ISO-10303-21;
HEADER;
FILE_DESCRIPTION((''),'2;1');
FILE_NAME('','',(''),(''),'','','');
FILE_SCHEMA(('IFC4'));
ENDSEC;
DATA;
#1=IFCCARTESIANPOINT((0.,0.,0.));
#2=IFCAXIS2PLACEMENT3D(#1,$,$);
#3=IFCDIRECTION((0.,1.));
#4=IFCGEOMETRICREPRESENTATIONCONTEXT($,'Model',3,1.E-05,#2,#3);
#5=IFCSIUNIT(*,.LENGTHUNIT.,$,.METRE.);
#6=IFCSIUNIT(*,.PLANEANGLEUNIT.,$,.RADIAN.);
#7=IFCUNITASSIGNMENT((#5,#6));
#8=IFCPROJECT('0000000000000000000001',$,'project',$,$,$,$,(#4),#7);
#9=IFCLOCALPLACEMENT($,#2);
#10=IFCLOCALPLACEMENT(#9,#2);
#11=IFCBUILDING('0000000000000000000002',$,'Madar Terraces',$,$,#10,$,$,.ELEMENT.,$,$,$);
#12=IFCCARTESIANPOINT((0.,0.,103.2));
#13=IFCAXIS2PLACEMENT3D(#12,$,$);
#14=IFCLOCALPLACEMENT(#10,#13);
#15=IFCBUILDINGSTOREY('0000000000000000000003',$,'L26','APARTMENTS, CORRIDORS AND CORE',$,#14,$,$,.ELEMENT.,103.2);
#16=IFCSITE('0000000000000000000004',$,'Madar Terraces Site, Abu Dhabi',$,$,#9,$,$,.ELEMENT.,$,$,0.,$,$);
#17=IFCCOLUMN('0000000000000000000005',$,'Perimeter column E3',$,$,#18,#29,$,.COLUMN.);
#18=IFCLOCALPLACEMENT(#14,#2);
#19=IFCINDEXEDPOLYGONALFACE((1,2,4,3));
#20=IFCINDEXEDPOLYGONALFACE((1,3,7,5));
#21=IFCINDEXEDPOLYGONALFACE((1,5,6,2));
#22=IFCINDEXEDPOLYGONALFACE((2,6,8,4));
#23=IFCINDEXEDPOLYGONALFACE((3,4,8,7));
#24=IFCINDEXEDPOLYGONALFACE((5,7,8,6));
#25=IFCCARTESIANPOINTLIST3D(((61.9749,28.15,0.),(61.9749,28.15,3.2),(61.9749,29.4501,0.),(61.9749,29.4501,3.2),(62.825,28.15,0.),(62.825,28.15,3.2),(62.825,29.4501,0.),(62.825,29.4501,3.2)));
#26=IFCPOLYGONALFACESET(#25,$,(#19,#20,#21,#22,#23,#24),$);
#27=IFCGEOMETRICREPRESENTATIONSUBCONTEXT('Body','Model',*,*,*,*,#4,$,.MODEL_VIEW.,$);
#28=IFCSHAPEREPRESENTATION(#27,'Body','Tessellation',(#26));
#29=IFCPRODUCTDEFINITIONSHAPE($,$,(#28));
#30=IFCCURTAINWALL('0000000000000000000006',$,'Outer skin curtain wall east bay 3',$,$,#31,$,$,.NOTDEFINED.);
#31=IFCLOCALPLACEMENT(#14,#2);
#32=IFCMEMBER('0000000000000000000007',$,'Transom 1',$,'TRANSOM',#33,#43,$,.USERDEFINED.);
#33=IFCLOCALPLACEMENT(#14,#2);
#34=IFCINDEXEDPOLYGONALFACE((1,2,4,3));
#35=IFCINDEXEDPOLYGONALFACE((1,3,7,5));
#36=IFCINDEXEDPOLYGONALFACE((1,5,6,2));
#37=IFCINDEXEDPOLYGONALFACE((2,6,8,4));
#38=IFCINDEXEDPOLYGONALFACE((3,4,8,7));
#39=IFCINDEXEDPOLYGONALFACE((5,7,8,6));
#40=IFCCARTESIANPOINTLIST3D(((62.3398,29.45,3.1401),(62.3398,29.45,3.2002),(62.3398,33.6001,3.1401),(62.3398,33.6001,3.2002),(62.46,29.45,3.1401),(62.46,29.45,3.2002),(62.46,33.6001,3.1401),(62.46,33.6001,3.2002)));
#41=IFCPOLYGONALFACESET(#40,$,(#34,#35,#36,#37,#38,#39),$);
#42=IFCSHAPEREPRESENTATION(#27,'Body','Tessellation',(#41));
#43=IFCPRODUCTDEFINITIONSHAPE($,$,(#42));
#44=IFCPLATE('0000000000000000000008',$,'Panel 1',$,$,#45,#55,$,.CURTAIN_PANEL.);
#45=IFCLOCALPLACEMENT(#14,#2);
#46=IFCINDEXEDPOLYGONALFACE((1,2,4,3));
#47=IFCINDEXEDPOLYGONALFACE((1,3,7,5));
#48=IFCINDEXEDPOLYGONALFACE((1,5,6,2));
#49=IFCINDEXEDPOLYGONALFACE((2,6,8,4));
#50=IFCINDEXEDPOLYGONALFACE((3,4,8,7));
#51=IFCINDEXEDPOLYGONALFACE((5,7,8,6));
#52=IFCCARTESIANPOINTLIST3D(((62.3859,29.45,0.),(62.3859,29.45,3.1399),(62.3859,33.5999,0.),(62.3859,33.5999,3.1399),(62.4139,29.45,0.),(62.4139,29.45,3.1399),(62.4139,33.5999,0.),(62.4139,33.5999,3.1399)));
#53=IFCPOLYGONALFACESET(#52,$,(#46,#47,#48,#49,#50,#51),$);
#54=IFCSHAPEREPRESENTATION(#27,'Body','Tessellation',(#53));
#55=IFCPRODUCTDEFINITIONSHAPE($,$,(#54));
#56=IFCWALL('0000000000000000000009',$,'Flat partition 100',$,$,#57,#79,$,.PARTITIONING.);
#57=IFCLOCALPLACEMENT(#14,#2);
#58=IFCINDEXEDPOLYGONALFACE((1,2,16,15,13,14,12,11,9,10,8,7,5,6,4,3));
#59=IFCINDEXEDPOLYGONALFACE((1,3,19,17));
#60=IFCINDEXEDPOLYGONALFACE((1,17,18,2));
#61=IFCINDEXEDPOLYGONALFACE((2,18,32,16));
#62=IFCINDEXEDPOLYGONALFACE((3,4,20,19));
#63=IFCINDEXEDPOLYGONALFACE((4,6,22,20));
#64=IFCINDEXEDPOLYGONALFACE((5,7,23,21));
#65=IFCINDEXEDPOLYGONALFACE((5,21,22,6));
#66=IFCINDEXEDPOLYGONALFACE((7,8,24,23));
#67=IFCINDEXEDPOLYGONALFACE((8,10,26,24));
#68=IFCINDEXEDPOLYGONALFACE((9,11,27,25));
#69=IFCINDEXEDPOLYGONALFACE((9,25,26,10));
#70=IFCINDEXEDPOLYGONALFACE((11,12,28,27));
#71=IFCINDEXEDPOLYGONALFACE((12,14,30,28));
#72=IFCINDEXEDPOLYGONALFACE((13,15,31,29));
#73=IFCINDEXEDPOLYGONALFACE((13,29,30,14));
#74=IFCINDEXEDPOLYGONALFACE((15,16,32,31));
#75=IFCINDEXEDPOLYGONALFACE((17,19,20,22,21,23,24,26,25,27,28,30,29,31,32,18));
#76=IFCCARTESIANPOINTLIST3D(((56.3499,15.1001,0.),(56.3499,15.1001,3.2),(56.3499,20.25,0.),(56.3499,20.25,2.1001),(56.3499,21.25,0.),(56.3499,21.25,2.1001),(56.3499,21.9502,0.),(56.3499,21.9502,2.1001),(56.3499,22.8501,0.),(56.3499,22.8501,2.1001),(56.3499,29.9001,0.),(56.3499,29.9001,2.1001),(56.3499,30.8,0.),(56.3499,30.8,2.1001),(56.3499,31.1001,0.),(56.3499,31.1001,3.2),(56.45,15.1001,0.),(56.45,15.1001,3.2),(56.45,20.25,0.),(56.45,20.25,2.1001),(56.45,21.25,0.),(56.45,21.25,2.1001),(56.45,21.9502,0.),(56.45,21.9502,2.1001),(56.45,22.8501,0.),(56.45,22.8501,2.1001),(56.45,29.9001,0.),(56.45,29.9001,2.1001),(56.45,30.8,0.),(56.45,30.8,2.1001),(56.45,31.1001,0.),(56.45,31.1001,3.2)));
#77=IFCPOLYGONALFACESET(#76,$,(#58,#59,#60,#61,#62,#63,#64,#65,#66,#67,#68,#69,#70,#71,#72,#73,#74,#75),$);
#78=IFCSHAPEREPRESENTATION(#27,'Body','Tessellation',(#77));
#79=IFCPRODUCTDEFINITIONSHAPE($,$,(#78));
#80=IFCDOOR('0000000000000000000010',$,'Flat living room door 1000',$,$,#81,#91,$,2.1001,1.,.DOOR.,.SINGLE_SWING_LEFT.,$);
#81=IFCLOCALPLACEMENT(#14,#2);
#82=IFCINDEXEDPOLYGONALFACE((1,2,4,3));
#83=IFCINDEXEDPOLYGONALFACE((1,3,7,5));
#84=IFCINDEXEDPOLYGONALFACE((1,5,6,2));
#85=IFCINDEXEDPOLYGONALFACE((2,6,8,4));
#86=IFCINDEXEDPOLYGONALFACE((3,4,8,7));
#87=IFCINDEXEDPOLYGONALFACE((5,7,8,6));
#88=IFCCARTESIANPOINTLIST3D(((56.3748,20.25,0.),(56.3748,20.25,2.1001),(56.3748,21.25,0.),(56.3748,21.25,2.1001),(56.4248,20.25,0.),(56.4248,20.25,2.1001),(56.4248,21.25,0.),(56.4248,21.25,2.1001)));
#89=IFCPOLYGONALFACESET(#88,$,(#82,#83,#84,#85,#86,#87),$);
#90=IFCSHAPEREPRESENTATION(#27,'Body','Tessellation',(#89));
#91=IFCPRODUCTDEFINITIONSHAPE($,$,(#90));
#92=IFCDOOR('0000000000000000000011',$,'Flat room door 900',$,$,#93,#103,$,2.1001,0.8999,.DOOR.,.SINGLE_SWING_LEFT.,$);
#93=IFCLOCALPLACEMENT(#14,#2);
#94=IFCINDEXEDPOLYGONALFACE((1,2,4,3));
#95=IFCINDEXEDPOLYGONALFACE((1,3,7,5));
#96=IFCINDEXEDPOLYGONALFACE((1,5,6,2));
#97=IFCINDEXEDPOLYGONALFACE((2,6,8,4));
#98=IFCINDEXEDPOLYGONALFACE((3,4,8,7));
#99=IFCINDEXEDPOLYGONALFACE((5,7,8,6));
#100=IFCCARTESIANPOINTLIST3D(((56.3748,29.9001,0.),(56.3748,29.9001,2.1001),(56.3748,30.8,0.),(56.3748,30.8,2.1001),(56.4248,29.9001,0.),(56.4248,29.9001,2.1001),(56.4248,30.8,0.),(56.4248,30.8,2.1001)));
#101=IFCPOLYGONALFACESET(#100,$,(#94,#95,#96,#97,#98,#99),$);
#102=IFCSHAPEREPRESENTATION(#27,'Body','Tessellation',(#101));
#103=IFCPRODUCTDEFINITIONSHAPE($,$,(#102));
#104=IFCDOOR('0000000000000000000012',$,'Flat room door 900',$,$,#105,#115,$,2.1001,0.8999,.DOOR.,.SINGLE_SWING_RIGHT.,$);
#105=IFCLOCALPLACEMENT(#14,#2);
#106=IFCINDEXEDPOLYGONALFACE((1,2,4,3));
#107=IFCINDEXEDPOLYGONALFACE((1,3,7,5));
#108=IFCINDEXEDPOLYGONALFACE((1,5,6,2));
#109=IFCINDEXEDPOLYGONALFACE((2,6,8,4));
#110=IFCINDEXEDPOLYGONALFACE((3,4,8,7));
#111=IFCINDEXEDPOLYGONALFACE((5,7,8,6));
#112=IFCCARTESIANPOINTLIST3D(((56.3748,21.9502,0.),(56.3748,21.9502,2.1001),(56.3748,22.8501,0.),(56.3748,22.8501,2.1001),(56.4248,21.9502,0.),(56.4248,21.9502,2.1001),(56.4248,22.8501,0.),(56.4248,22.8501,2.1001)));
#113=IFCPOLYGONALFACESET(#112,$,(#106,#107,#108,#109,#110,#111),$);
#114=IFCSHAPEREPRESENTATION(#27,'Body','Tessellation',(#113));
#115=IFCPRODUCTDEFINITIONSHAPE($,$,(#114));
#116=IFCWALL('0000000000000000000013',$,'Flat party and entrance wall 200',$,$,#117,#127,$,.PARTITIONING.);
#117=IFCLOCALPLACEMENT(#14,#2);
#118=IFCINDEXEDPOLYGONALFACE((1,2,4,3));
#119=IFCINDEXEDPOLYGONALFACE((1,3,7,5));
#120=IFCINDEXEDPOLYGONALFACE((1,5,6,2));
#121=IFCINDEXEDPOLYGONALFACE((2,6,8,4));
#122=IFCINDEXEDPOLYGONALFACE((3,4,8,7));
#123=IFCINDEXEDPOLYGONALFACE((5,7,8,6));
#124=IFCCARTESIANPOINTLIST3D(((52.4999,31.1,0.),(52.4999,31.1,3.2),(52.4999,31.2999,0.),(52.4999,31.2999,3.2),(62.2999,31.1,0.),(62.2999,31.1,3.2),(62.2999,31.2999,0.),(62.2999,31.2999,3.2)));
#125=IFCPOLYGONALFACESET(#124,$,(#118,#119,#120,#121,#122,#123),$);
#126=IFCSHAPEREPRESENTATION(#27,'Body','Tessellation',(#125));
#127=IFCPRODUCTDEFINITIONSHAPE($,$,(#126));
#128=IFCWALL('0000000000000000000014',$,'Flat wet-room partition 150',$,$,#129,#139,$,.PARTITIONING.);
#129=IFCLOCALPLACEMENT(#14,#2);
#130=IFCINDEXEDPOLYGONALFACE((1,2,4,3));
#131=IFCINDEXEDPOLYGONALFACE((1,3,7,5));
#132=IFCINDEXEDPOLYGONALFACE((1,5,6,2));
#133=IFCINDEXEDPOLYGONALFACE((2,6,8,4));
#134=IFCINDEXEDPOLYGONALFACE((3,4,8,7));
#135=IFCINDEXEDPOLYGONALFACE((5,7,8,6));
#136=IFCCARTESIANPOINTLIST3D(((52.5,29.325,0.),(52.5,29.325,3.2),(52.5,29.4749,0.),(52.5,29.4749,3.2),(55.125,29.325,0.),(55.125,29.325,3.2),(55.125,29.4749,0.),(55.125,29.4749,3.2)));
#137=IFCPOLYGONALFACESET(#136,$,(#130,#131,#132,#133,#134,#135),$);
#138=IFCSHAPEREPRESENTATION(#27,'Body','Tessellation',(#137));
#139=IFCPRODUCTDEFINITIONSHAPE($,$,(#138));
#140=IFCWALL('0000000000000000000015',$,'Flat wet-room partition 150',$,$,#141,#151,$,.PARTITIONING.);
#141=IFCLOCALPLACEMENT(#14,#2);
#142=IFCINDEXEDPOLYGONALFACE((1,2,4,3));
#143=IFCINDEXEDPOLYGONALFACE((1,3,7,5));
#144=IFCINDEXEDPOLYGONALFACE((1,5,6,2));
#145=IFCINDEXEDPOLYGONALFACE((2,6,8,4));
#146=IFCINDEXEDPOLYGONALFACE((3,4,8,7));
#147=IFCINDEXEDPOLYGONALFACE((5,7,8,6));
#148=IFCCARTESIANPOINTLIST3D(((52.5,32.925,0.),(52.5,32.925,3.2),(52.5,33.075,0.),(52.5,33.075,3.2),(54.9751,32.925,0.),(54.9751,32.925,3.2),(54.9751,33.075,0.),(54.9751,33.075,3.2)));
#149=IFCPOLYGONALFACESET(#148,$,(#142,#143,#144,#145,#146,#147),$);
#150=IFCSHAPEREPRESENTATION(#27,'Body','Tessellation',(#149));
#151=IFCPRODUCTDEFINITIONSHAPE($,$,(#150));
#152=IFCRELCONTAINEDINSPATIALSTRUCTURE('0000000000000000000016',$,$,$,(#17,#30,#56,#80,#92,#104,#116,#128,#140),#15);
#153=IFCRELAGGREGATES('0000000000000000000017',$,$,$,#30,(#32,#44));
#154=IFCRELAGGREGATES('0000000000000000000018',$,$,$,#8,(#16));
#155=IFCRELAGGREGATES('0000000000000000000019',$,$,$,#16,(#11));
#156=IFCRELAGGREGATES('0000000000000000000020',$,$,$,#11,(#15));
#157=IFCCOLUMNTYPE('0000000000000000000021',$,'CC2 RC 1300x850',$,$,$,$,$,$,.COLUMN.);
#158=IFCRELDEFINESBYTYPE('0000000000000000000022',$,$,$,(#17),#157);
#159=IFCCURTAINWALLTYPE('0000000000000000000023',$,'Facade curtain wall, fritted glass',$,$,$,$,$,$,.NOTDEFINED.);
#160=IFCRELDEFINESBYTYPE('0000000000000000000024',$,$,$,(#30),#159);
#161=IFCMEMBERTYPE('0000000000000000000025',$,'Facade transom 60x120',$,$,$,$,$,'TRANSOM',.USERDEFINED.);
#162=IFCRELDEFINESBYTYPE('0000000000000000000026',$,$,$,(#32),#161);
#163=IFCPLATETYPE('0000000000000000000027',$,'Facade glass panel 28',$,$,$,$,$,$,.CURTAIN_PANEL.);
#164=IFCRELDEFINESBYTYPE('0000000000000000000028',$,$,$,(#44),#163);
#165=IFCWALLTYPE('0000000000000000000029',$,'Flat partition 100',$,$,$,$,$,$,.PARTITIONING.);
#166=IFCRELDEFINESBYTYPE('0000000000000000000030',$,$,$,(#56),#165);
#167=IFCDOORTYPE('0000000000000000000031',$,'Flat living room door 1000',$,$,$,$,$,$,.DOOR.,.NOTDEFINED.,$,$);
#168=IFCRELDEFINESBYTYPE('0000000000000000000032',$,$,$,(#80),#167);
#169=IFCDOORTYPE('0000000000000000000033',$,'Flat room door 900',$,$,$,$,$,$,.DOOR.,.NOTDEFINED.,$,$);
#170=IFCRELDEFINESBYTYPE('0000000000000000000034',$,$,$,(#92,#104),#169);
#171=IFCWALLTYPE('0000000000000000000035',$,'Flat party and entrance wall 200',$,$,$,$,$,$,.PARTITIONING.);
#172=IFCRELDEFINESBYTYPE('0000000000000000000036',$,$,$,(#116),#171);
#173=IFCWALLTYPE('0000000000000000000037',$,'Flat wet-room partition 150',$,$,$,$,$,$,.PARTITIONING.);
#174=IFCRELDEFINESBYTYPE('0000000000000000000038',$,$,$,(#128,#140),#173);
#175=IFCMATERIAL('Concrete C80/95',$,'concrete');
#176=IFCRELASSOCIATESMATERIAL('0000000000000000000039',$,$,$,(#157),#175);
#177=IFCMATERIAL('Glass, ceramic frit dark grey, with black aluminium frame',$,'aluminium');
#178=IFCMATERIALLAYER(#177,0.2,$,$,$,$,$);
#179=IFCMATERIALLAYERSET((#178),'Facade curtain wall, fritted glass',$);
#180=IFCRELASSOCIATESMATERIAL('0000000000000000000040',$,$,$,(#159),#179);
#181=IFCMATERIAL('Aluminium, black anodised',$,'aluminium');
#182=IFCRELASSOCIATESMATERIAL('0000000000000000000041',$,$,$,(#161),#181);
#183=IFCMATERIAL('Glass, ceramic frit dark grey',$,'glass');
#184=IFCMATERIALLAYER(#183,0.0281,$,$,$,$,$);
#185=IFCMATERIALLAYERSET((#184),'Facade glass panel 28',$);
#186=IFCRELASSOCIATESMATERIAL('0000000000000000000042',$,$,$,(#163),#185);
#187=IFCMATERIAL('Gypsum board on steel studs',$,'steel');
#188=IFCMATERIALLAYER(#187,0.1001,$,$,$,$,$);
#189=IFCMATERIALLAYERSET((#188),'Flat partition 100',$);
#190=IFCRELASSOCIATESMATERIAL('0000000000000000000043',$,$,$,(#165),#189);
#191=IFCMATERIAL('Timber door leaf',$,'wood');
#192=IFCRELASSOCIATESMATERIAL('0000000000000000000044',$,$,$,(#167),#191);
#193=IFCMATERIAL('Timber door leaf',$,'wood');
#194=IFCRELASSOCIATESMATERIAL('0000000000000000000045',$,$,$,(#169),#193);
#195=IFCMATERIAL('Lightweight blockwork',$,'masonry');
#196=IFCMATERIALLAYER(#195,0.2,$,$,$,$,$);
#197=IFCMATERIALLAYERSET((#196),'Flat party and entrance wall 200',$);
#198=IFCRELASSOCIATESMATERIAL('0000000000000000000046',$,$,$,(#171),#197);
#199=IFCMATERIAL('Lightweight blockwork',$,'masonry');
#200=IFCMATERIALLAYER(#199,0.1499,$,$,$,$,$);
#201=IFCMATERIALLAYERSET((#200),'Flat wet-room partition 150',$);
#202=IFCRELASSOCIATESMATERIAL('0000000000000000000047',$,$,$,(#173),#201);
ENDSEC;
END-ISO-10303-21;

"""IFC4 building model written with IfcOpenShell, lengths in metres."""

from ifc_helpers import new_model, si_unit, direction, frame, frame_2d, origin, origin_2d, place, context, subcontext, project, spatial, rectangle, extrude, material, layer, layer_set, material_profile, profile_set, type_object, element, fill, aggregate, save


model = new_model("IFC4")

# Units and contexts
model_context = context("Model", 3, precision=1e-05, world=origin(), true_north=direction((0.0, 1.0)))
body_context = subcontext(model_context, "Body", "Model", "MODEL_VIEW")
ifc_project = project(units=[si_unit("LENGTHUNIT", "METRE"), si_unit("PLANEANGLEUNIT", "RADIAN")], contexts=[model_context])

# Site, building, storey
site_placement = place(None, origin())
site = spatial("IfcSite", under=ifc_project, at=site_placement, Name="Madar Terraces Site, Abu Dhabi", CompositionType="ELEMENT", RefElevation=0.0)
building_placement = place(site_placement, origin())
building = spatial("IfcBuilding", under=site, at=building_placement, Name="Madar Terraces", CompositionType="ELEMENT")
storey_placement = place(building_placement, frame((0.0, 0.0, 103.2)))
storey = spatial("IfcBuildingStorey", under=building, at=storey_placement, Name="L26", Description="APARTMENTS, CORRIDORS AND CORE", CompositionType="ELEMENT", Elevation=103.2)

# Column
ifc_material_1 = material(Name="Concrete C80/95", Category="concrete")
ifc_material_profile_1 = material_profile(ifc_material_1, rectangle(XDim=1.3, YDim=0.8501, at=origin_2d()), Name="CC2 RC 1300x850")
ifc_profile_set_1 = profile_set([ifc_material_profile_1], Name="Concrete C80/95")
column_type = type_object("IfcColumnType", Name="CC2 RC 1300x850", PredefinedType="COLUMN", material=ifc_profile_set_1)
column_placement = place(storey_placement, frame((62.3999, 28.8, 0.0), z_axis=(0.0, 0.0, 1.0), x_axis=(0.0, 1.0, 0.0)))
element("IfcColumn", 1, at=column_placement, inside=storey, type_object=column_type, Name="Perimeter column E3", PredefinedType="COLUMN", context=body_context, shape_type="SweptSolid", body=[
    extrude(rectangle(XDim=1.3, YDim=0.8501, at=origin_2d()), origin(), (0.0, 0.0, 1.0), 3.2),
])

# Curtain wall, member, plate
ifc_material_2 = material(Name="Glass, ceramic frit dark grey, with black aluminium frame", Category="aluminium")
ifc_layer_1 = layer(ifc_material_2, 0.2)
ifc_layer_set_1 = layer_set([ifc_layer_1], Name="Facade curtain wall, fritted glass")
curtain_wall_type = type_object("IfcCurtainWallType", Name="Facade curtain wall, fritted glass", PredefinedType="NOTDEFINED", material=ifc_layer_set_1)
curtain_wall_placement = place(storey_placement, origin())
curtain_wall = element("IfcCurtainWall", 2, at=curtain_wall_placement, inside=storey, type_object=curtain_wall_type, Name="Outer skin curtain wall east bay 3", PredefinedType="NOTDEFINED")
ifc_material_3 = material(Name="Aluminium, black anodised", Category="aluminium")
ifc_material_profile_2 = material_profile(ifc_material_3, rectangle(XDim=0.1201, YDim=0.0601, at=origin_2d()), Name="Facade transom 60x120")
ifc_profile_set_2 = profile_set([ifc_material_profile_2], Name="Aluminium, black anodised")
member_type = type_object("IfcMemberType", Name="Facade transom 60x120", ElementType="TRANSOM", PredefinedType="USERDEFINED", material=ifc_profile_set_2)
member_placement = place(storey_placement, frame((62.3999, 29.45, 3.1702), z_axis=(0.0, 1.0, 0.0), x_axis=(-1.0, 0.0, 0.0)))
member = element("IfcMember", 3, at=member_placement, type_object=member_type, Name="Transom 1", ObjectType="TRANSOM", PredefinedType="USERDEFINED", context=body_context, shape_type="SweptSolid", body=[
    extrude(rectangle(XDim=0.1201, YDim=0.0601, at=origin_2d()), origin(), (0.0, 0.0, 1.0), 4.1501),
])
ifc_material_4 = material(Name="Glass, ceramic frit dark grey", Category="glass")
ifc_layer_2 = layer(ifc_material_4, 0.0281)
ifc_layer_set_2 = layer_set([ifc_layer_2], Name="Facade glass panel 28")
plate_type = type_object("IfcPlateType", Name="Facade glass panel 28", PredefinedType="CURTAIN_PANEL", material=ifc_layer_set_2)
plate_placement = place(storey_placement, frame((62.3999, 31.5249, 0.0), z_axis=(0.0, 0.0, 1.0), x_axis=(0.0, 1.0, 0.0)))
plate = element("IfcPlate", 4, at=plate_placement, type_object=plate_type, Name="Panel 1", PredefinedType="CURTAIN_PANEL", context=body_context, shape_type="SweptSolid", body=[
    extrude(rectangle(XDim=4.1499, YDim=0.0281, at=origin_2d()), origin(), (0.0, 0.0, 1.0), 3.1399),
])
aggregate(curtain_wall, [member, plate])

# Wall, openings, doors
ifc_material_5 = material(Name="Gypsum board on steel studs", Category="steel")
ifc_layer_3 = layer(ifc_material_5, 0.1001)
ifc_layer_set_3 = layer_set([ifc_layer_3], Name="Flat partition 100")
wall_type_1 = type_object("IfcWallType", Name="Flat partition 100", PredefinedType="PARTITIONING", material=ifc_layer_set_3)
wall_1_placement = place(storey_placement, frame((56.3999, 31.1001, 0.0), z_axis=(0.0, 0.0, 1.0), x_axis=(0.0, -1.0, 0.0)))
wall_1 = element("IfcWall", 5, at=wall_1_placement, inside=storey, type_object=wall_type_1, Name="Flat partition 100", PredefinedType="PARTITIONING", context=body_context, shape_type="SweptSolid", body=[
    extrude(rectangle(XDim=16.0, YDim=0.1001, at=frame_2d((8.0, 0.0))), origin(), (0.0, 0.0, 1.0), 3.2),
])
opening_1_placement = place(wall_1_placement, frame((0.3, 0.0, 0.0)))
opening_1 = element("IfcOpeningElement", 6, at=opening_1_placement, cuts=wall_1, PredefinedType="OPENING", context=body_context, shape_type="SweptSolid", body=[
    extrude(rectangle(XDim=0.8999, YDim=2.1001, at=frame_2d((0.45, 1.05))), frame((0.0, 0.0601, 0.0), z_axis=(0.0, -1.0, 0.0), x_axis=(1.0, 0.0, 0.0)), (0.0, 0.0, 1.0), 0.1201),
])
opening_2_placement = place(wall_1_placement, frame((8.25, 0.0, 0.0)))
opening_2 = element("IfcOpeningElement", 7, at=opening_2_placement, cuts=wall_1, PredefinedType="OPENING", context=body_context, shape_type="SweptSolid", body=[
    extrude(rectangle(XDim=0.8999, YDim=2.1001, at=frame_2d((0.45, 1.05))), frame((0.0, 0.0601, 0.0), z_axis=(0.0, -1.0, 0.0), x_axis=(1.0, 0.0, 0.0)), (0.0, 0.0, 1.0), 0.1201),
])
opening_3_placement = place(wall_1_placement, frame((9.8501, 0.0, 0.0)))
opening_3 = element("IfcOpeningElement", 8, at=opening_3_placement, cuts=wall_1, PredefinedType="OPENING", context=body_context, shape_type="SweptSolid", body=[
    extrude(rectangle(XDim=1.0, YDim=2.1001, at=frame_2d((0.5, 1.05))), frame((0.0, 0.0601, 0.0), z_axis=(0.0, -1.0, 0.0), x_axis=(1.0, 0.0, 0.0)), (0.0, 0.0, 1.0), 0.1201),
])
ifc_material_6 = material(Name="Timber door leaf", Category="wood")
door_type_1 = type_object("IfcDoorType", Name="Flat living room door 1000", OperationType="NOTDEFINED", PredefinedType="DOOR", material=ifc_material_6)
door_1_placement = place(opening_3_placement, origin())
door_1 = element("IfcDoor", 9, at=door_1_placement, inside=storey, type_object=door_type_1, Name="Flat living room door 1000", OperationType="SINGLE_SWING_LEFT", OverallHeight=2.1001, OverallWidth=1.0, PredefinedType="DOOR", context=body_context, shape_type="SweptSolid", body=[
    extrude(rectangle(XDim=1.0, YDim=2.1001, at=frame_2d((0.5, 1.05))), frame((0.0, 0.0249, 0.0), z_axis=(0.0, -1.0, 0.0), x_axis=(1.0, 0.0, 0.0)), (0.0, 0.0, 1.0), 0.05),
])
fill(opening_3, door_1)
ifc_material_7 = material(Name="Timber door leaf", Category="wood")
door_type_2 = type_object("IfcDoorType", Name="Flat room door 900", OperationType="NOTDEFINED", PredefinedType="DOOR", material=ifc_material_7)
door_2_placement = place(opening_1_placement, origin())
door_2 = element("IfcDoor", 10, at=door_2_placement, inside=storey, type_object=door_type_2, Name="Flat room door 900", OperationType="SINGLE_SWING_LEFT", OverallHeight=2.1001, OverallWidth=0.8999, PredefinedType="DOOR", context=body_context, shape_type="SweptSolid", body=[
    extrude(rectangle(XDim=0.8999, YDim=2.1001, at=frame_2d((0.45, 1.05))), frame((0.0, 0.0249, 0.0), z_axis=(0.0, -1.0, 0.0), x_axis=(1.0, 0.0, 0.0)), (0.0, 0.0, 1.0), 0.05),
])
fill(opening_1, door_2)
door_3_placement = place(opening_2_placement, origin())
door_3 = element("IfcDoor", 11, at=door_3_placement, inside=storey, type_object=door_type_2, Name="Flat room door 900", OperationType="SINGLE_SWING_RIGHT", OverallHeight=2.1001, OverallWidth=0.8999, PredefinedType="DOOR", context=body_context, shape_type="SweptSolid", body=[
    extrude(rectangle(XDim=0.8999, YDim=2.1001, at=frame_2d((0.45, 1.05))), frame((0.0, 0.0249, 0.0), z_axis=(0.0, -1.0, 0.0), x_axis=(1.0, 0.0, 0.0)), (0.0, 0.0, 1.0), 0.05),
])
fill(opening_2, door_3)

# Walls
ifc_material_8 = material(Name="Lightweight blockwork", Category="masonry")
ifc_layer_4 = layer(ifc_material_8, 0.2)
ifc_layer_set_4 = layer_set([ifc_layer_4], Name="Flat party and entrance wall 200")
wall_type_2 = type_object("IfcWallType", Name="Flat party and entrance wall 200", PredefinedType="PARTITIONING", material=ifc_layer_set_4)
wall_2_placement = place(storey_placement, frame((52.5, 31.2, 0.0), z_axis=(0.0, 0.0, 1.0), x_axis=(1.0, 0.0, 0.0)))
element("IfcWall", 12, at=wall_2_placement, inside=storey, type_object=wall_type_2, Name="Flat party and entrance wall 200", PredefinedType="PARTITIONING", context=body_context, shape_type="SweptSolid", body=[
    extrude(rectangle(XDim=9.8, YDim=0.2, at=frame_2d((4.8999, 0.0))), origin(), (0.0, 0.0, 1.0), 3.2),
])
ifc_material_9 = material(Name="Lightweight blockwork", Category="masonry")
ifc_layer_5 = layer(ifc_material_9, 0.1499)
ifc_layer_set_5 = layer_set([ifc_layer_5], Name="Flat wet-room partition 150")
wall_type_3 = type_object("IfcWallType", Name="Flat wet-room partition 150", PredefinedType="PARTITIONING", material=ifc_layer_set_5)
wall_3_placement = place(storey_placement, frame((52.5, 29.3999, 0.0), z_axis=(0.0, 0.0, 1.0), x_axis=(1.0, 0.0, 0.0)))
element("IfcWall", 13, at=wall_3_placement, inside=storey, type_object=wall_type_3, Name="Flat wet-room partition 150", PredefinedType="PARTITIONING", context=body_context, shape_type="SweptSolid", body=[
    extrude(rectangle(XDim=2.625, YDim=0.1499, at=frame_2d((1.3125, 0.0))), origin(), (0.0, 0.0, 1.0), 3.2),
])
wall_4_placement = place(storey_placement, frame((52.5, 33.0, 0.0), z_axis=(0.0, 0.0, 1.0), x_axis=(1.0, 0.0, 0.0)))
element("IfcWall", 14, at=wall_4_placement, inside=storey, type_object=wall_type_3, Name="Flat wet-room partition 150", PredefinedType="PARTITIONING", context=body_context, shape_type="SweptSolid", body=[
    extrude(rectangle(XDim=2.4751, YDim=0.1499, at=frame_2d((1.2375, 0.0))), origin(), (0.0, 0.0, 1.0), 3.2),
])

save(model, "model.ifc")
